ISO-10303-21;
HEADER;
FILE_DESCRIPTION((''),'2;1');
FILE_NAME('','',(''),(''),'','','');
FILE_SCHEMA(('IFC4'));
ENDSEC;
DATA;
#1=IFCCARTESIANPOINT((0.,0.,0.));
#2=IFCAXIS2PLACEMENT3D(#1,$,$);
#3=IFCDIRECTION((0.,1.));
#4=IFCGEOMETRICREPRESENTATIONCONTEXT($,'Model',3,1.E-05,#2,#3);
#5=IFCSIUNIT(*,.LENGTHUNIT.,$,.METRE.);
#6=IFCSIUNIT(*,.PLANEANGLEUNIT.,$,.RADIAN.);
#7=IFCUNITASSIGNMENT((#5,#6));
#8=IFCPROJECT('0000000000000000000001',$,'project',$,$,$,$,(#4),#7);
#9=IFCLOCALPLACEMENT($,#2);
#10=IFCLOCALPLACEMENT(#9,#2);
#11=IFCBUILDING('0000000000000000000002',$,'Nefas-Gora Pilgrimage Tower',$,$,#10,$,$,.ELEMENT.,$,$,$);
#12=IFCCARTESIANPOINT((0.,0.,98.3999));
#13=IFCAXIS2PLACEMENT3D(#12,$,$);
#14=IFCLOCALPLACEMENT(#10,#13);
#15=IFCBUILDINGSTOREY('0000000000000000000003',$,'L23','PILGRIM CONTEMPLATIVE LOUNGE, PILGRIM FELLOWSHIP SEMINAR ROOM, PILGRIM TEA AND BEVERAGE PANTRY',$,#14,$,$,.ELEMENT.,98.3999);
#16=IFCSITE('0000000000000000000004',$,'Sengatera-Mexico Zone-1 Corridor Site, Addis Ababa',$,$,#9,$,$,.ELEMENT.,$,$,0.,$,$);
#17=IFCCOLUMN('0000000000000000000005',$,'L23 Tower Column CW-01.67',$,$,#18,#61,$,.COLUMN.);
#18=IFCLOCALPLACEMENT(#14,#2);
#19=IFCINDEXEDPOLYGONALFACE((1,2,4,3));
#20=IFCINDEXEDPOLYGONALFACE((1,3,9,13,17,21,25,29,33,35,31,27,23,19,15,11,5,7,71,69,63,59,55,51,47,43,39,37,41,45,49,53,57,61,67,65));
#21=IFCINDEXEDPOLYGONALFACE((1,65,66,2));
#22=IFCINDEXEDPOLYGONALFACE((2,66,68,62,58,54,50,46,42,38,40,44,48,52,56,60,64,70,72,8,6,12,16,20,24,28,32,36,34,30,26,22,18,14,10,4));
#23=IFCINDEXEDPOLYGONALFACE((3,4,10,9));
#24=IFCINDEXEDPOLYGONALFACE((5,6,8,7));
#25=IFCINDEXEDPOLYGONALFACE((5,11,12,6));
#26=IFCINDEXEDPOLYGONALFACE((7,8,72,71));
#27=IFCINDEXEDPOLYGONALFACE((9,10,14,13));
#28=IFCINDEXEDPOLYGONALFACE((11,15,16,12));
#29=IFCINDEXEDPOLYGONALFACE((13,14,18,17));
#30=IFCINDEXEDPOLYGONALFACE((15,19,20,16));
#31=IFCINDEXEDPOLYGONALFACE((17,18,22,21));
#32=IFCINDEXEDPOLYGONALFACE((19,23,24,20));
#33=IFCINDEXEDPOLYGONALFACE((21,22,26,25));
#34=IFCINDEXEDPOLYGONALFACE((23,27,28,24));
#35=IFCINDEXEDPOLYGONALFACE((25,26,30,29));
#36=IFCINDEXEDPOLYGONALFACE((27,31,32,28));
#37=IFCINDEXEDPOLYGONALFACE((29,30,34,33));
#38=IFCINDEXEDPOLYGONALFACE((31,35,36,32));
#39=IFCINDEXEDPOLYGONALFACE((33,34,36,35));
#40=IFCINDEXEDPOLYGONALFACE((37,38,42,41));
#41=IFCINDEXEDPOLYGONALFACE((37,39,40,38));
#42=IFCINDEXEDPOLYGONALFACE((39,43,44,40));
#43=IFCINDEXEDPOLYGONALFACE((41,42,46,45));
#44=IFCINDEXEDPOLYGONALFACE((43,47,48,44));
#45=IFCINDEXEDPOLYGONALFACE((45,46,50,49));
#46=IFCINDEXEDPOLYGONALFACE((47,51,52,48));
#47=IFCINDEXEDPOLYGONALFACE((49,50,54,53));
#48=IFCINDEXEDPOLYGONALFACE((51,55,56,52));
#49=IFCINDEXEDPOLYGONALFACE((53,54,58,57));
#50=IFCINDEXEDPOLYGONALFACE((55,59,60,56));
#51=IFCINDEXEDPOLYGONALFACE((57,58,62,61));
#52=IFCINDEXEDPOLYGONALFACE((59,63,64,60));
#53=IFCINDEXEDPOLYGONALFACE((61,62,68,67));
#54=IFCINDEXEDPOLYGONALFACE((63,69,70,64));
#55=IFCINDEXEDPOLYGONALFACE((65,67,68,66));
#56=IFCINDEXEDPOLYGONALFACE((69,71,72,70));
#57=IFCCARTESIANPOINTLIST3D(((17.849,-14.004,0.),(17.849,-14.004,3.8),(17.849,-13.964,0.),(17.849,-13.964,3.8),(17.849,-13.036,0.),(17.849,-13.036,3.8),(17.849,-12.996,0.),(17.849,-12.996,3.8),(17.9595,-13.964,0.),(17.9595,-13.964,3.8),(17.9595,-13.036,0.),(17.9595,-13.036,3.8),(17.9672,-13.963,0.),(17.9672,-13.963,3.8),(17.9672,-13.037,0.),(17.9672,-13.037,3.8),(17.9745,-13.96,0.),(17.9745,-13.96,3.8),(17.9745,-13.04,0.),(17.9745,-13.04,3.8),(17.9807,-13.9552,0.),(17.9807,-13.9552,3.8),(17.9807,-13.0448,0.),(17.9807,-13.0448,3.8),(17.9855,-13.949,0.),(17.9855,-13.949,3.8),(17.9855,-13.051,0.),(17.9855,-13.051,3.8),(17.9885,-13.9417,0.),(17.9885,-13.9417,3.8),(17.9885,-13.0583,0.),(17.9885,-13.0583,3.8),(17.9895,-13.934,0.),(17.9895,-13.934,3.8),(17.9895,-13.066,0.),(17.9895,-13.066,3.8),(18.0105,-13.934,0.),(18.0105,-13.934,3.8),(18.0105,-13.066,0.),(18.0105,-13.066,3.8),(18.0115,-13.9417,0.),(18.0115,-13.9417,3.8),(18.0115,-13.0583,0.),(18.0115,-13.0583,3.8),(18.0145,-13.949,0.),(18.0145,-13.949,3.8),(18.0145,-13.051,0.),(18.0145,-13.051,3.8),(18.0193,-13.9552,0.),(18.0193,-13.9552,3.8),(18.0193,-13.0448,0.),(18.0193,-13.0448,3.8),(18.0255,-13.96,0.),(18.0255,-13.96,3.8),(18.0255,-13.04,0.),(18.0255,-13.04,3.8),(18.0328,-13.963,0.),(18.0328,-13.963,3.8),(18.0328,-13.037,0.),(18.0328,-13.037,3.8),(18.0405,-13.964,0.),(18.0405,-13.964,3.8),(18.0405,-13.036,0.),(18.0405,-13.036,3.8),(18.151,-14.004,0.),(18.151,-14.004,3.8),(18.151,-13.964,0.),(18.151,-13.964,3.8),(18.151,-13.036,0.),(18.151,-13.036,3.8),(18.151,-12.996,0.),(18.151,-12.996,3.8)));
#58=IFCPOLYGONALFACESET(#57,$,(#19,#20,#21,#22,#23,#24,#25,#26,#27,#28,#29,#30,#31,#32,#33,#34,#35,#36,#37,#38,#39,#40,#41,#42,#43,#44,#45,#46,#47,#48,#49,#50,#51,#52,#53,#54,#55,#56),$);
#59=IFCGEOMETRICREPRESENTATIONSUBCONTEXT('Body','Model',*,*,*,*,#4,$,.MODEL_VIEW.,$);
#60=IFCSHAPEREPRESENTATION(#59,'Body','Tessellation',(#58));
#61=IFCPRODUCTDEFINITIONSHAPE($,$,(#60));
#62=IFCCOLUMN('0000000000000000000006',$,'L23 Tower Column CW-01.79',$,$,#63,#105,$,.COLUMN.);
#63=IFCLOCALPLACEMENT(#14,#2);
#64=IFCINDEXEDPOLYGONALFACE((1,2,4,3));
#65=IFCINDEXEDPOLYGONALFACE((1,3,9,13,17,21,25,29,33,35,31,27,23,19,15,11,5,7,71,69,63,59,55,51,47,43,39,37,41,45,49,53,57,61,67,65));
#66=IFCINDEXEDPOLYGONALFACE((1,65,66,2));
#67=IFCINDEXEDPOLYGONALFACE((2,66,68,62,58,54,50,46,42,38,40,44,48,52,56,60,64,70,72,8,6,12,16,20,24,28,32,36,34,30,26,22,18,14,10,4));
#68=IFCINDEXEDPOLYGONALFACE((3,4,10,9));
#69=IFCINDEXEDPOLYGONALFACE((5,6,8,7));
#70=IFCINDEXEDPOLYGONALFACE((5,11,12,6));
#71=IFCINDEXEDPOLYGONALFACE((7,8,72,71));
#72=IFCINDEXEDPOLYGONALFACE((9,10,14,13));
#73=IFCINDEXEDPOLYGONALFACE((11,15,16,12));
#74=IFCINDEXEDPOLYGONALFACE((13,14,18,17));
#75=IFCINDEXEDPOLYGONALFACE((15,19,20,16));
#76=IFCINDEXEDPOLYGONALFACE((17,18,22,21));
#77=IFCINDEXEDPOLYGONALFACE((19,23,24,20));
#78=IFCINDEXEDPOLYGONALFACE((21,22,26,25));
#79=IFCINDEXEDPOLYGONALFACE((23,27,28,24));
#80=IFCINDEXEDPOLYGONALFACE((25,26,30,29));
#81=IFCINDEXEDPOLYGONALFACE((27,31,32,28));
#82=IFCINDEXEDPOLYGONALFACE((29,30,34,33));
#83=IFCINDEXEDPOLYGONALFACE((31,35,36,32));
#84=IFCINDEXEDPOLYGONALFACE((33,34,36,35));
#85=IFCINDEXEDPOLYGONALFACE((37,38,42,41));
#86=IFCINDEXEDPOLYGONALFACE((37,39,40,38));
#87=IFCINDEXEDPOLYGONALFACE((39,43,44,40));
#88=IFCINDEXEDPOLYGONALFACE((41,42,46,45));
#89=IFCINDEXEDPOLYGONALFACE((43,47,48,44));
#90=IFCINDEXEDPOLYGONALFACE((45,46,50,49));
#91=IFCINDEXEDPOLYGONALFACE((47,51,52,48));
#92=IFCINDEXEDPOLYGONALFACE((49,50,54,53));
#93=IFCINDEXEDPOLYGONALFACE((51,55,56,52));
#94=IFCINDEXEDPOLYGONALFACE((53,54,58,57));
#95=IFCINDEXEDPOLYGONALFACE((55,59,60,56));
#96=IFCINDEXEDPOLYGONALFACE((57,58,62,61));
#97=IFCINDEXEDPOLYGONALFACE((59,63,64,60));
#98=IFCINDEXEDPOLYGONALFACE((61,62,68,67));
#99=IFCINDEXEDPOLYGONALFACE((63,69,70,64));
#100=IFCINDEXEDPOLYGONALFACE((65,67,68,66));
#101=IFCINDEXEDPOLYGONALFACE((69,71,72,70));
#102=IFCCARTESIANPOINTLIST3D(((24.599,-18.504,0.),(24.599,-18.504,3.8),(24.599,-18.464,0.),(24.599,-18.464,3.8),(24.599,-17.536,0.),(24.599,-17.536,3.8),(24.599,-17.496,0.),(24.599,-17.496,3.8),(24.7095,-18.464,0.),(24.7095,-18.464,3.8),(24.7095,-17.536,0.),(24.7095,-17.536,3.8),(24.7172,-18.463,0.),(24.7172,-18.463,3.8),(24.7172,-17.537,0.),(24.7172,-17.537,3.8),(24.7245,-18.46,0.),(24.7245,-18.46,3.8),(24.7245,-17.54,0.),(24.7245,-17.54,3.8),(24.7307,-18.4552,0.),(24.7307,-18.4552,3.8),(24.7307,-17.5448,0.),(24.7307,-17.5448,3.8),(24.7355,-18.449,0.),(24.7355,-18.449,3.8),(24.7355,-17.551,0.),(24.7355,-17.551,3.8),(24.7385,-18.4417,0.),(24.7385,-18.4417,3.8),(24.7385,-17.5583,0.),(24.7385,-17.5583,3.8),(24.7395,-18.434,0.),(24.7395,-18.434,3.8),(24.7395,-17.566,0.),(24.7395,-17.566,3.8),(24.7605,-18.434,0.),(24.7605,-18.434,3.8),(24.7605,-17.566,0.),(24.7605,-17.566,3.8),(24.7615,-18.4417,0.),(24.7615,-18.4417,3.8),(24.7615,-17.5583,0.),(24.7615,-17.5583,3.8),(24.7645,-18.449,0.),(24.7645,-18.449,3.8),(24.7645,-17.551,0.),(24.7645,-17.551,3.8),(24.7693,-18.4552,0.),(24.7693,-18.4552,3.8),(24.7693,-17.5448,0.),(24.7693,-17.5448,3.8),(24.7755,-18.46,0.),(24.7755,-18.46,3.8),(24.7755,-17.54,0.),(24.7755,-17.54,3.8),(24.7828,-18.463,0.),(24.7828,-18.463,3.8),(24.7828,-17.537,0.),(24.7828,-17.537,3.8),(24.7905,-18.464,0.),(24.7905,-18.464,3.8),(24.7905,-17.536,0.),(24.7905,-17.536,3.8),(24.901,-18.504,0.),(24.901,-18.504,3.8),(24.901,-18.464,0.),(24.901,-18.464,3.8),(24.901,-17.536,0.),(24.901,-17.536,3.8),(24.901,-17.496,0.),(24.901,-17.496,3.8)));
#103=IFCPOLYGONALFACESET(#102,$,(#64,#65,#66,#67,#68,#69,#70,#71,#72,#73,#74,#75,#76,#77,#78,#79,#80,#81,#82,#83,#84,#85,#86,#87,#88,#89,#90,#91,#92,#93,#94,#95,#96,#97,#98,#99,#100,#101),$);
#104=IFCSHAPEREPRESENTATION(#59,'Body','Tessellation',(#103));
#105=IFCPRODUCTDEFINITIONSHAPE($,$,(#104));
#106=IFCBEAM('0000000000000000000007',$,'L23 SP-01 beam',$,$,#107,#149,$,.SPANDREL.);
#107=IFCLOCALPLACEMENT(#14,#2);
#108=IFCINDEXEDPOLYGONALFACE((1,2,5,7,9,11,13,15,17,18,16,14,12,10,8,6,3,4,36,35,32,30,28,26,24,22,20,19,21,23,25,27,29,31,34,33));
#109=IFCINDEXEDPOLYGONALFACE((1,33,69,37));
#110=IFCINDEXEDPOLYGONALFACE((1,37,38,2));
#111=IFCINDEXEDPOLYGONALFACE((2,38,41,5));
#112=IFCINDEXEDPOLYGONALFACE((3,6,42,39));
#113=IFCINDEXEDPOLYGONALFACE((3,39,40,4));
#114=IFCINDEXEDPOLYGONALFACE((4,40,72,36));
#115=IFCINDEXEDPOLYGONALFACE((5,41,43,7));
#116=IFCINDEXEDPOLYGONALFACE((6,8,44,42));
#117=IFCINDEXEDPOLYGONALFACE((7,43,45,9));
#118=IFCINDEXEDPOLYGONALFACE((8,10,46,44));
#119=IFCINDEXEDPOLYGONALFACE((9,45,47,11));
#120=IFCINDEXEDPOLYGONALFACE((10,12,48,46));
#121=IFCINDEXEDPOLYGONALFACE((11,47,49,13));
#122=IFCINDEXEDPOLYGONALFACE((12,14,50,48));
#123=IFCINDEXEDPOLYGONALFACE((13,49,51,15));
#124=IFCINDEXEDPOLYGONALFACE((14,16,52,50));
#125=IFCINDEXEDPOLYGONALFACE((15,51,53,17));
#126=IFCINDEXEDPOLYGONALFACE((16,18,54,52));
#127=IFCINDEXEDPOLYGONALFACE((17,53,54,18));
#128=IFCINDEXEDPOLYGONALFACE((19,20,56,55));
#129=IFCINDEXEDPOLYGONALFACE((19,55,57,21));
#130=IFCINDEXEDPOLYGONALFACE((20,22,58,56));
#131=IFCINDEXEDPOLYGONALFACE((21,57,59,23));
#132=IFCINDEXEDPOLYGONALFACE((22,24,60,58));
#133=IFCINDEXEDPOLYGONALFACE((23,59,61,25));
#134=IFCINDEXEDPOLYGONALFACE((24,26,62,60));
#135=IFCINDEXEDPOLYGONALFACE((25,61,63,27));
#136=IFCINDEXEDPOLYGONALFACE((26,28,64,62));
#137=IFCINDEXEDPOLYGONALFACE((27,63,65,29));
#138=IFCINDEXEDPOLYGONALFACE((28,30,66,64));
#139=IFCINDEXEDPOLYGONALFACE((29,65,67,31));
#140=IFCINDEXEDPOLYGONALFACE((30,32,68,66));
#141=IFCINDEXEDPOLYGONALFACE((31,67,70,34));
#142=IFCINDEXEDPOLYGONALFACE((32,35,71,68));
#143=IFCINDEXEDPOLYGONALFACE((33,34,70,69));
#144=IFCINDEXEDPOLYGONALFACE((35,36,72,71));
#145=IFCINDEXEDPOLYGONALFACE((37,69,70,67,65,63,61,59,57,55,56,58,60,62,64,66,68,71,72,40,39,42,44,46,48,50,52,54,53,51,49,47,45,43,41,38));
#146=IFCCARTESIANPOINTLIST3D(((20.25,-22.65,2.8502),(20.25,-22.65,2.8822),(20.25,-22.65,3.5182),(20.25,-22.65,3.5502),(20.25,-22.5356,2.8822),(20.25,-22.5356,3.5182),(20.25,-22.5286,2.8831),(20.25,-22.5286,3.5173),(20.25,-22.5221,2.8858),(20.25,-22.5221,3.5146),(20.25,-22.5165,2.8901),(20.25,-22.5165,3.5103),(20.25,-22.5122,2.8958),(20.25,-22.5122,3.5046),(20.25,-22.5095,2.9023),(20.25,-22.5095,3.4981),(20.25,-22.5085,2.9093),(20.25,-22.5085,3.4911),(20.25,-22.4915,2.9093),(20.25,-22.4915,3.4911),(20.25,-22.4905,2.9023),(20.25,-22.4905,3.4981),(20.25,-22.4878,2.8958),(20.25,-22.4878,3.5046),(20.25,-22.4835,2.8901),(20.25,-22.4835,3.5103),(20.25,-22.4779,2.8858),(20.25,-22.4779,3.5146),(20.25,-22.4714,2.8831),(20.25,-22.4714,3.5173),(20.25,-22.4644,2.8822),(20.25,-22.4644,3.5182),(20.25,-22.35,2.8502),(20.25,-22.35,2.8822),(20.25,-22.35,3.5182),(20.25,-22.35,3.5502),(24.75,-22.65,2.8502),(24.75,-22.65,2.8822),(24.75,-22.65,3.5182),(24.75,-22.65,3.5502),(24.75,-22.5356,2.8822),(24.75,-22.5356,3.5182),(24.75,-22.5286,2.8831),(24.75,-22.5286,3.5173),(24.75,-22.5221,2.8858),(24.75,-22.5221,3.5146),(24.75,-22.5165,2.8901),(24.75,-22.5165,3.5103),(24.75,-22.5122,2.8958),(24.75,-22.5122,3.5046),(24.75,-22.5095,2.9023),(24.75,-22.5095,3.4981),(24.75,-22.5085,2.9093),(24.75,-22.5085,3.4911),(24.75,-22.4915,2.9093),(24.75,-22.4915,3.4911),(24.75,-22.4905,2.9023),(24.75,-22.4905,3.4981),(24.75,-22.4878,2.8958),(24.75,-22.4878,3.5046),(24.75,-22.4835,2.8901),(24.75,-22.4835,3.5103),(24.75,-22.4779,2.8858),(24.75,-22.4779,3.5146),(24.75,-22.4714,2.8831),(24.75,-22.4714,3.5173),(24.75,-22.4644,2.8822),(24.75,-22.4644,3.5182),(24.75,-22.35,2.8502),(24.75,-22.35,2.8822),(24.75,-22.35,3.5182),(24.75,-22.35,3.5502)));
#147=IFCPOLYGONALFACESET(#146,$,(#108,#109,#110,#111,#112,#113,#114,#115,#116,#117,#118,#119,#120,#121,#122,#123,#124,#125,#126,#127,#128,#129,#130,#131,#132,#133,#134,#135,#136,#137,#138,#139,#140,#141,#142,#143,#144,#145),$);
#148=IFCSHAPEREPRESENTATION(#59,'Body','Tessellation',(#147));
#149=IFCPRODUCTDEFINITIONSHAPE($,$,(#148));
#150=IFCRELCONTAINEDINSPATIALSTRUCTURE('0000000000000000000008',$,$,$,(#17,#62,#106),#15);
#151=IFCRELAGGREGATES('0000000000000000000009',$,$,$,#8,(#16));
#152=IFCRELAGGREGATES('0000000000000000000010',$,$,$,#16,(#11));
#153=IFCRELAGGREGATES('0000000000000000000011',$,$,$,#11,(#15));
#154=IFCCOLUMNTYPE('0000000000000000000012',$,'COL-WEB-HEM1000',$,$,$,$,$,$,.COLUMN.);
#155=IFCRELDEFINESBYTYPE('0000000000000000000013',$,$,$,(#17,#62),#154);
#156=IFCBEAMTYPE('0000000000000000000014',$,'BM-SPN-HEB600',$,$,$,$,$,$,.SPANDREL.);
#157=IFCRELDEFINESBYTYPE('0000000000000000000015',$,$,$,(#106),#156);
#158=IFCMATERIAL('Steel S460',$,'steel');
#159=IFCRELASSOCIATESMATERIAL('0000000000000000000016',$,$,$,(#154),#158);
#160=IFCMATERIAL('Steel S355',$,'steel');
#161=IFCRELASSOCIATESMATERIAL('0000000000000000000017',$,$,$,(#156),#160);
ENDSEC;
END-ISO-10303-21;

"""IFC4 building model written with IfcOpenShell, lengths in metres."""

from ifc_helpers import new_model, si_unit, direction, frame, origin, origin_2d, place, context, subcontext, project, spatial, i_section, extrude, source, transform, mapped, material, material_profile, profile_set, type_object, element, save


model = new_model("IFC4")

# Units and contexts
model_context = context("Model", 3, precision=1e-05, world=origin(), true_north=direction((0.0, 1.0)))
body_context = subcontext(model_context, "Body", "Model", "MODEL_VIEW")
ifc_project = project(units=[si_unit("LENGTHUNIT", "METRE"), si_unit("PLANEANGLEUNIT", "RADIAN")], contexts=[model_context])

# Site, building, storey
site_placement = place(None, origin())
site = spatial("IfcSite", under=ifc_project, at=site_placement, Name="Sengatera-Mexico Zone-1 Corridor Site, Addis Ababa", CompositionType="ELEMENT", RefElevation=0.0)
building_placement = place(site_placement, origin())
building = spatial("IfcBuilding", under=site, at=building_placement, Name="Nefas-Gora Pilgrimage Tower", CompositionType="ELEMENT")
storey_placement = place(building_placement, frame((0.0, 0.0, 98.3999)))
storey = spatial("IfcBuildingStorey", under=building, at=storey_placement, Name="L23", Description="PILGRIM CONTEMPLATIVE LOUNGE, PILGRIM FELLOWSHIP SEMINAR ROOM, PILGRIM TEA AND BEVERAGE PANTRY", CompositionType="ELEMENT", Elevation=98.3999)

# Columns
ifc_material_1 = material(Name="Steel S460", Category="steel")
ifc_material_profile_1 = material_profile(ifc_material_1, i_section(OverallWidth=0.302, OverallDepth=1.0081, WebThickness=0.021, FlangeThickness=0.04, FilletRadius=0.03, at=origin_2d()), Name="HEM 1000")
ifc_profile_set_1 = profile_set([ifc_material_profile_1], Name="Steel S460")
column_type_1 = type_object("IfcColumnType", Name="COL-WEB-HEM1000", PredefinedType="COLUMN", material=ifc_profile_set_1)
shared_shape_1 = source(origin(), body_context, "Body", "SweptSolid", [
    extrude(i_section(OverallWidth=0.302, OverallDepth=1.0081, WebThickness=0.021, FlangeThickness=0.04, FilletRadius=0.03, at=origin_2d()), origin(), (0.0, 0.0, 1.0), 3.8),
])
for number, where, z_axis, x_axis, name in (
    (1, (18.0, -13.5, 0.0), (0.0, 0.0, 1.0), (1.0, 0.0, 0.0), "L23 Tower Column CW-01.67"),
    (2, (24.75, -18.0, 0.0), (0.0, 0.0, 1.0), (1.0, 0.0, 0.0), "L23 Tower Column CW-01.79"),
):
    element("IfcColumn", number, at=place(storey_placement, frame(where, z_axis=z_axis, x_axis=x_axis)), inside=storey, type_object=column_type_1, Name=name, PredefinedType="COLUMN", context=body_context, shape_type="MappedRepresentation", body=[
        mapped(shared_shape_1, transform((0.0, 0.0, 0.0), x_axis=(1.0, 0.0, 0.0), y_axis=(0.0, 1.0, 0.0), z_axis=(0.0, 0.0, 1.0), scale=1.0)),
    ])

# Beam
ifc_material_2 = material(Name="Steel S355", Category="steel")
ifc_material_profile_2 = material_profile(ifc_material_2, i_section(OverallWidth=0.3, OverallDepth=0.7, WebThickness=0.0171, FlangeThickness=0.032, FilletRadius=0.0271, at=origin_2d()), Name="HEB 700")
ifc_profile_set_2 = profile_set([ifc_material_profile_2], Name="Steel S355")
beam_type_1 = type_object("IfcBeamType", Name="BM-SPN-HEB600", PredefinedType="SPANDREL", material=ifc_profile_set_2)
shared_shape_2 = source(origin(), body_context, "Body", "SweptSolid", [
    extrude(i_section(OverallWidth=0.3, OverallDepth=0.7, WebThickness=0.0171, FlangeThickness=0.032, FilletRadius=0.0271, at=origin_2d()), origin(), (0.0, 0.0, 1.0), 4.5),
])
beam_1_placement = place(storey_placement, frame((20.25, -22.5, 3.2002), z_axis=(1.0, 0.0, 0.0), x_axis=(0.0, 1.0, 0.0)))
element("IfcBeam", 3, at=beam_1_placement, inside=storey, type_object=beam_type_1, Name="L23 SP-01 beam", PredefinedType="SPANDREL", context=body_context, shape_type="MappedRepresentation", body=[
    mapped(shared_shape_2, transform((0.0, 0.0, 0.0), x_axis=(1.0, 0.0, 0.0), y_axis=(0.0, 1.0, 0.0), z_axis=(0.0, 0.0, 1.0), scale=1.0)),
])

save(model, "model.ifc")
